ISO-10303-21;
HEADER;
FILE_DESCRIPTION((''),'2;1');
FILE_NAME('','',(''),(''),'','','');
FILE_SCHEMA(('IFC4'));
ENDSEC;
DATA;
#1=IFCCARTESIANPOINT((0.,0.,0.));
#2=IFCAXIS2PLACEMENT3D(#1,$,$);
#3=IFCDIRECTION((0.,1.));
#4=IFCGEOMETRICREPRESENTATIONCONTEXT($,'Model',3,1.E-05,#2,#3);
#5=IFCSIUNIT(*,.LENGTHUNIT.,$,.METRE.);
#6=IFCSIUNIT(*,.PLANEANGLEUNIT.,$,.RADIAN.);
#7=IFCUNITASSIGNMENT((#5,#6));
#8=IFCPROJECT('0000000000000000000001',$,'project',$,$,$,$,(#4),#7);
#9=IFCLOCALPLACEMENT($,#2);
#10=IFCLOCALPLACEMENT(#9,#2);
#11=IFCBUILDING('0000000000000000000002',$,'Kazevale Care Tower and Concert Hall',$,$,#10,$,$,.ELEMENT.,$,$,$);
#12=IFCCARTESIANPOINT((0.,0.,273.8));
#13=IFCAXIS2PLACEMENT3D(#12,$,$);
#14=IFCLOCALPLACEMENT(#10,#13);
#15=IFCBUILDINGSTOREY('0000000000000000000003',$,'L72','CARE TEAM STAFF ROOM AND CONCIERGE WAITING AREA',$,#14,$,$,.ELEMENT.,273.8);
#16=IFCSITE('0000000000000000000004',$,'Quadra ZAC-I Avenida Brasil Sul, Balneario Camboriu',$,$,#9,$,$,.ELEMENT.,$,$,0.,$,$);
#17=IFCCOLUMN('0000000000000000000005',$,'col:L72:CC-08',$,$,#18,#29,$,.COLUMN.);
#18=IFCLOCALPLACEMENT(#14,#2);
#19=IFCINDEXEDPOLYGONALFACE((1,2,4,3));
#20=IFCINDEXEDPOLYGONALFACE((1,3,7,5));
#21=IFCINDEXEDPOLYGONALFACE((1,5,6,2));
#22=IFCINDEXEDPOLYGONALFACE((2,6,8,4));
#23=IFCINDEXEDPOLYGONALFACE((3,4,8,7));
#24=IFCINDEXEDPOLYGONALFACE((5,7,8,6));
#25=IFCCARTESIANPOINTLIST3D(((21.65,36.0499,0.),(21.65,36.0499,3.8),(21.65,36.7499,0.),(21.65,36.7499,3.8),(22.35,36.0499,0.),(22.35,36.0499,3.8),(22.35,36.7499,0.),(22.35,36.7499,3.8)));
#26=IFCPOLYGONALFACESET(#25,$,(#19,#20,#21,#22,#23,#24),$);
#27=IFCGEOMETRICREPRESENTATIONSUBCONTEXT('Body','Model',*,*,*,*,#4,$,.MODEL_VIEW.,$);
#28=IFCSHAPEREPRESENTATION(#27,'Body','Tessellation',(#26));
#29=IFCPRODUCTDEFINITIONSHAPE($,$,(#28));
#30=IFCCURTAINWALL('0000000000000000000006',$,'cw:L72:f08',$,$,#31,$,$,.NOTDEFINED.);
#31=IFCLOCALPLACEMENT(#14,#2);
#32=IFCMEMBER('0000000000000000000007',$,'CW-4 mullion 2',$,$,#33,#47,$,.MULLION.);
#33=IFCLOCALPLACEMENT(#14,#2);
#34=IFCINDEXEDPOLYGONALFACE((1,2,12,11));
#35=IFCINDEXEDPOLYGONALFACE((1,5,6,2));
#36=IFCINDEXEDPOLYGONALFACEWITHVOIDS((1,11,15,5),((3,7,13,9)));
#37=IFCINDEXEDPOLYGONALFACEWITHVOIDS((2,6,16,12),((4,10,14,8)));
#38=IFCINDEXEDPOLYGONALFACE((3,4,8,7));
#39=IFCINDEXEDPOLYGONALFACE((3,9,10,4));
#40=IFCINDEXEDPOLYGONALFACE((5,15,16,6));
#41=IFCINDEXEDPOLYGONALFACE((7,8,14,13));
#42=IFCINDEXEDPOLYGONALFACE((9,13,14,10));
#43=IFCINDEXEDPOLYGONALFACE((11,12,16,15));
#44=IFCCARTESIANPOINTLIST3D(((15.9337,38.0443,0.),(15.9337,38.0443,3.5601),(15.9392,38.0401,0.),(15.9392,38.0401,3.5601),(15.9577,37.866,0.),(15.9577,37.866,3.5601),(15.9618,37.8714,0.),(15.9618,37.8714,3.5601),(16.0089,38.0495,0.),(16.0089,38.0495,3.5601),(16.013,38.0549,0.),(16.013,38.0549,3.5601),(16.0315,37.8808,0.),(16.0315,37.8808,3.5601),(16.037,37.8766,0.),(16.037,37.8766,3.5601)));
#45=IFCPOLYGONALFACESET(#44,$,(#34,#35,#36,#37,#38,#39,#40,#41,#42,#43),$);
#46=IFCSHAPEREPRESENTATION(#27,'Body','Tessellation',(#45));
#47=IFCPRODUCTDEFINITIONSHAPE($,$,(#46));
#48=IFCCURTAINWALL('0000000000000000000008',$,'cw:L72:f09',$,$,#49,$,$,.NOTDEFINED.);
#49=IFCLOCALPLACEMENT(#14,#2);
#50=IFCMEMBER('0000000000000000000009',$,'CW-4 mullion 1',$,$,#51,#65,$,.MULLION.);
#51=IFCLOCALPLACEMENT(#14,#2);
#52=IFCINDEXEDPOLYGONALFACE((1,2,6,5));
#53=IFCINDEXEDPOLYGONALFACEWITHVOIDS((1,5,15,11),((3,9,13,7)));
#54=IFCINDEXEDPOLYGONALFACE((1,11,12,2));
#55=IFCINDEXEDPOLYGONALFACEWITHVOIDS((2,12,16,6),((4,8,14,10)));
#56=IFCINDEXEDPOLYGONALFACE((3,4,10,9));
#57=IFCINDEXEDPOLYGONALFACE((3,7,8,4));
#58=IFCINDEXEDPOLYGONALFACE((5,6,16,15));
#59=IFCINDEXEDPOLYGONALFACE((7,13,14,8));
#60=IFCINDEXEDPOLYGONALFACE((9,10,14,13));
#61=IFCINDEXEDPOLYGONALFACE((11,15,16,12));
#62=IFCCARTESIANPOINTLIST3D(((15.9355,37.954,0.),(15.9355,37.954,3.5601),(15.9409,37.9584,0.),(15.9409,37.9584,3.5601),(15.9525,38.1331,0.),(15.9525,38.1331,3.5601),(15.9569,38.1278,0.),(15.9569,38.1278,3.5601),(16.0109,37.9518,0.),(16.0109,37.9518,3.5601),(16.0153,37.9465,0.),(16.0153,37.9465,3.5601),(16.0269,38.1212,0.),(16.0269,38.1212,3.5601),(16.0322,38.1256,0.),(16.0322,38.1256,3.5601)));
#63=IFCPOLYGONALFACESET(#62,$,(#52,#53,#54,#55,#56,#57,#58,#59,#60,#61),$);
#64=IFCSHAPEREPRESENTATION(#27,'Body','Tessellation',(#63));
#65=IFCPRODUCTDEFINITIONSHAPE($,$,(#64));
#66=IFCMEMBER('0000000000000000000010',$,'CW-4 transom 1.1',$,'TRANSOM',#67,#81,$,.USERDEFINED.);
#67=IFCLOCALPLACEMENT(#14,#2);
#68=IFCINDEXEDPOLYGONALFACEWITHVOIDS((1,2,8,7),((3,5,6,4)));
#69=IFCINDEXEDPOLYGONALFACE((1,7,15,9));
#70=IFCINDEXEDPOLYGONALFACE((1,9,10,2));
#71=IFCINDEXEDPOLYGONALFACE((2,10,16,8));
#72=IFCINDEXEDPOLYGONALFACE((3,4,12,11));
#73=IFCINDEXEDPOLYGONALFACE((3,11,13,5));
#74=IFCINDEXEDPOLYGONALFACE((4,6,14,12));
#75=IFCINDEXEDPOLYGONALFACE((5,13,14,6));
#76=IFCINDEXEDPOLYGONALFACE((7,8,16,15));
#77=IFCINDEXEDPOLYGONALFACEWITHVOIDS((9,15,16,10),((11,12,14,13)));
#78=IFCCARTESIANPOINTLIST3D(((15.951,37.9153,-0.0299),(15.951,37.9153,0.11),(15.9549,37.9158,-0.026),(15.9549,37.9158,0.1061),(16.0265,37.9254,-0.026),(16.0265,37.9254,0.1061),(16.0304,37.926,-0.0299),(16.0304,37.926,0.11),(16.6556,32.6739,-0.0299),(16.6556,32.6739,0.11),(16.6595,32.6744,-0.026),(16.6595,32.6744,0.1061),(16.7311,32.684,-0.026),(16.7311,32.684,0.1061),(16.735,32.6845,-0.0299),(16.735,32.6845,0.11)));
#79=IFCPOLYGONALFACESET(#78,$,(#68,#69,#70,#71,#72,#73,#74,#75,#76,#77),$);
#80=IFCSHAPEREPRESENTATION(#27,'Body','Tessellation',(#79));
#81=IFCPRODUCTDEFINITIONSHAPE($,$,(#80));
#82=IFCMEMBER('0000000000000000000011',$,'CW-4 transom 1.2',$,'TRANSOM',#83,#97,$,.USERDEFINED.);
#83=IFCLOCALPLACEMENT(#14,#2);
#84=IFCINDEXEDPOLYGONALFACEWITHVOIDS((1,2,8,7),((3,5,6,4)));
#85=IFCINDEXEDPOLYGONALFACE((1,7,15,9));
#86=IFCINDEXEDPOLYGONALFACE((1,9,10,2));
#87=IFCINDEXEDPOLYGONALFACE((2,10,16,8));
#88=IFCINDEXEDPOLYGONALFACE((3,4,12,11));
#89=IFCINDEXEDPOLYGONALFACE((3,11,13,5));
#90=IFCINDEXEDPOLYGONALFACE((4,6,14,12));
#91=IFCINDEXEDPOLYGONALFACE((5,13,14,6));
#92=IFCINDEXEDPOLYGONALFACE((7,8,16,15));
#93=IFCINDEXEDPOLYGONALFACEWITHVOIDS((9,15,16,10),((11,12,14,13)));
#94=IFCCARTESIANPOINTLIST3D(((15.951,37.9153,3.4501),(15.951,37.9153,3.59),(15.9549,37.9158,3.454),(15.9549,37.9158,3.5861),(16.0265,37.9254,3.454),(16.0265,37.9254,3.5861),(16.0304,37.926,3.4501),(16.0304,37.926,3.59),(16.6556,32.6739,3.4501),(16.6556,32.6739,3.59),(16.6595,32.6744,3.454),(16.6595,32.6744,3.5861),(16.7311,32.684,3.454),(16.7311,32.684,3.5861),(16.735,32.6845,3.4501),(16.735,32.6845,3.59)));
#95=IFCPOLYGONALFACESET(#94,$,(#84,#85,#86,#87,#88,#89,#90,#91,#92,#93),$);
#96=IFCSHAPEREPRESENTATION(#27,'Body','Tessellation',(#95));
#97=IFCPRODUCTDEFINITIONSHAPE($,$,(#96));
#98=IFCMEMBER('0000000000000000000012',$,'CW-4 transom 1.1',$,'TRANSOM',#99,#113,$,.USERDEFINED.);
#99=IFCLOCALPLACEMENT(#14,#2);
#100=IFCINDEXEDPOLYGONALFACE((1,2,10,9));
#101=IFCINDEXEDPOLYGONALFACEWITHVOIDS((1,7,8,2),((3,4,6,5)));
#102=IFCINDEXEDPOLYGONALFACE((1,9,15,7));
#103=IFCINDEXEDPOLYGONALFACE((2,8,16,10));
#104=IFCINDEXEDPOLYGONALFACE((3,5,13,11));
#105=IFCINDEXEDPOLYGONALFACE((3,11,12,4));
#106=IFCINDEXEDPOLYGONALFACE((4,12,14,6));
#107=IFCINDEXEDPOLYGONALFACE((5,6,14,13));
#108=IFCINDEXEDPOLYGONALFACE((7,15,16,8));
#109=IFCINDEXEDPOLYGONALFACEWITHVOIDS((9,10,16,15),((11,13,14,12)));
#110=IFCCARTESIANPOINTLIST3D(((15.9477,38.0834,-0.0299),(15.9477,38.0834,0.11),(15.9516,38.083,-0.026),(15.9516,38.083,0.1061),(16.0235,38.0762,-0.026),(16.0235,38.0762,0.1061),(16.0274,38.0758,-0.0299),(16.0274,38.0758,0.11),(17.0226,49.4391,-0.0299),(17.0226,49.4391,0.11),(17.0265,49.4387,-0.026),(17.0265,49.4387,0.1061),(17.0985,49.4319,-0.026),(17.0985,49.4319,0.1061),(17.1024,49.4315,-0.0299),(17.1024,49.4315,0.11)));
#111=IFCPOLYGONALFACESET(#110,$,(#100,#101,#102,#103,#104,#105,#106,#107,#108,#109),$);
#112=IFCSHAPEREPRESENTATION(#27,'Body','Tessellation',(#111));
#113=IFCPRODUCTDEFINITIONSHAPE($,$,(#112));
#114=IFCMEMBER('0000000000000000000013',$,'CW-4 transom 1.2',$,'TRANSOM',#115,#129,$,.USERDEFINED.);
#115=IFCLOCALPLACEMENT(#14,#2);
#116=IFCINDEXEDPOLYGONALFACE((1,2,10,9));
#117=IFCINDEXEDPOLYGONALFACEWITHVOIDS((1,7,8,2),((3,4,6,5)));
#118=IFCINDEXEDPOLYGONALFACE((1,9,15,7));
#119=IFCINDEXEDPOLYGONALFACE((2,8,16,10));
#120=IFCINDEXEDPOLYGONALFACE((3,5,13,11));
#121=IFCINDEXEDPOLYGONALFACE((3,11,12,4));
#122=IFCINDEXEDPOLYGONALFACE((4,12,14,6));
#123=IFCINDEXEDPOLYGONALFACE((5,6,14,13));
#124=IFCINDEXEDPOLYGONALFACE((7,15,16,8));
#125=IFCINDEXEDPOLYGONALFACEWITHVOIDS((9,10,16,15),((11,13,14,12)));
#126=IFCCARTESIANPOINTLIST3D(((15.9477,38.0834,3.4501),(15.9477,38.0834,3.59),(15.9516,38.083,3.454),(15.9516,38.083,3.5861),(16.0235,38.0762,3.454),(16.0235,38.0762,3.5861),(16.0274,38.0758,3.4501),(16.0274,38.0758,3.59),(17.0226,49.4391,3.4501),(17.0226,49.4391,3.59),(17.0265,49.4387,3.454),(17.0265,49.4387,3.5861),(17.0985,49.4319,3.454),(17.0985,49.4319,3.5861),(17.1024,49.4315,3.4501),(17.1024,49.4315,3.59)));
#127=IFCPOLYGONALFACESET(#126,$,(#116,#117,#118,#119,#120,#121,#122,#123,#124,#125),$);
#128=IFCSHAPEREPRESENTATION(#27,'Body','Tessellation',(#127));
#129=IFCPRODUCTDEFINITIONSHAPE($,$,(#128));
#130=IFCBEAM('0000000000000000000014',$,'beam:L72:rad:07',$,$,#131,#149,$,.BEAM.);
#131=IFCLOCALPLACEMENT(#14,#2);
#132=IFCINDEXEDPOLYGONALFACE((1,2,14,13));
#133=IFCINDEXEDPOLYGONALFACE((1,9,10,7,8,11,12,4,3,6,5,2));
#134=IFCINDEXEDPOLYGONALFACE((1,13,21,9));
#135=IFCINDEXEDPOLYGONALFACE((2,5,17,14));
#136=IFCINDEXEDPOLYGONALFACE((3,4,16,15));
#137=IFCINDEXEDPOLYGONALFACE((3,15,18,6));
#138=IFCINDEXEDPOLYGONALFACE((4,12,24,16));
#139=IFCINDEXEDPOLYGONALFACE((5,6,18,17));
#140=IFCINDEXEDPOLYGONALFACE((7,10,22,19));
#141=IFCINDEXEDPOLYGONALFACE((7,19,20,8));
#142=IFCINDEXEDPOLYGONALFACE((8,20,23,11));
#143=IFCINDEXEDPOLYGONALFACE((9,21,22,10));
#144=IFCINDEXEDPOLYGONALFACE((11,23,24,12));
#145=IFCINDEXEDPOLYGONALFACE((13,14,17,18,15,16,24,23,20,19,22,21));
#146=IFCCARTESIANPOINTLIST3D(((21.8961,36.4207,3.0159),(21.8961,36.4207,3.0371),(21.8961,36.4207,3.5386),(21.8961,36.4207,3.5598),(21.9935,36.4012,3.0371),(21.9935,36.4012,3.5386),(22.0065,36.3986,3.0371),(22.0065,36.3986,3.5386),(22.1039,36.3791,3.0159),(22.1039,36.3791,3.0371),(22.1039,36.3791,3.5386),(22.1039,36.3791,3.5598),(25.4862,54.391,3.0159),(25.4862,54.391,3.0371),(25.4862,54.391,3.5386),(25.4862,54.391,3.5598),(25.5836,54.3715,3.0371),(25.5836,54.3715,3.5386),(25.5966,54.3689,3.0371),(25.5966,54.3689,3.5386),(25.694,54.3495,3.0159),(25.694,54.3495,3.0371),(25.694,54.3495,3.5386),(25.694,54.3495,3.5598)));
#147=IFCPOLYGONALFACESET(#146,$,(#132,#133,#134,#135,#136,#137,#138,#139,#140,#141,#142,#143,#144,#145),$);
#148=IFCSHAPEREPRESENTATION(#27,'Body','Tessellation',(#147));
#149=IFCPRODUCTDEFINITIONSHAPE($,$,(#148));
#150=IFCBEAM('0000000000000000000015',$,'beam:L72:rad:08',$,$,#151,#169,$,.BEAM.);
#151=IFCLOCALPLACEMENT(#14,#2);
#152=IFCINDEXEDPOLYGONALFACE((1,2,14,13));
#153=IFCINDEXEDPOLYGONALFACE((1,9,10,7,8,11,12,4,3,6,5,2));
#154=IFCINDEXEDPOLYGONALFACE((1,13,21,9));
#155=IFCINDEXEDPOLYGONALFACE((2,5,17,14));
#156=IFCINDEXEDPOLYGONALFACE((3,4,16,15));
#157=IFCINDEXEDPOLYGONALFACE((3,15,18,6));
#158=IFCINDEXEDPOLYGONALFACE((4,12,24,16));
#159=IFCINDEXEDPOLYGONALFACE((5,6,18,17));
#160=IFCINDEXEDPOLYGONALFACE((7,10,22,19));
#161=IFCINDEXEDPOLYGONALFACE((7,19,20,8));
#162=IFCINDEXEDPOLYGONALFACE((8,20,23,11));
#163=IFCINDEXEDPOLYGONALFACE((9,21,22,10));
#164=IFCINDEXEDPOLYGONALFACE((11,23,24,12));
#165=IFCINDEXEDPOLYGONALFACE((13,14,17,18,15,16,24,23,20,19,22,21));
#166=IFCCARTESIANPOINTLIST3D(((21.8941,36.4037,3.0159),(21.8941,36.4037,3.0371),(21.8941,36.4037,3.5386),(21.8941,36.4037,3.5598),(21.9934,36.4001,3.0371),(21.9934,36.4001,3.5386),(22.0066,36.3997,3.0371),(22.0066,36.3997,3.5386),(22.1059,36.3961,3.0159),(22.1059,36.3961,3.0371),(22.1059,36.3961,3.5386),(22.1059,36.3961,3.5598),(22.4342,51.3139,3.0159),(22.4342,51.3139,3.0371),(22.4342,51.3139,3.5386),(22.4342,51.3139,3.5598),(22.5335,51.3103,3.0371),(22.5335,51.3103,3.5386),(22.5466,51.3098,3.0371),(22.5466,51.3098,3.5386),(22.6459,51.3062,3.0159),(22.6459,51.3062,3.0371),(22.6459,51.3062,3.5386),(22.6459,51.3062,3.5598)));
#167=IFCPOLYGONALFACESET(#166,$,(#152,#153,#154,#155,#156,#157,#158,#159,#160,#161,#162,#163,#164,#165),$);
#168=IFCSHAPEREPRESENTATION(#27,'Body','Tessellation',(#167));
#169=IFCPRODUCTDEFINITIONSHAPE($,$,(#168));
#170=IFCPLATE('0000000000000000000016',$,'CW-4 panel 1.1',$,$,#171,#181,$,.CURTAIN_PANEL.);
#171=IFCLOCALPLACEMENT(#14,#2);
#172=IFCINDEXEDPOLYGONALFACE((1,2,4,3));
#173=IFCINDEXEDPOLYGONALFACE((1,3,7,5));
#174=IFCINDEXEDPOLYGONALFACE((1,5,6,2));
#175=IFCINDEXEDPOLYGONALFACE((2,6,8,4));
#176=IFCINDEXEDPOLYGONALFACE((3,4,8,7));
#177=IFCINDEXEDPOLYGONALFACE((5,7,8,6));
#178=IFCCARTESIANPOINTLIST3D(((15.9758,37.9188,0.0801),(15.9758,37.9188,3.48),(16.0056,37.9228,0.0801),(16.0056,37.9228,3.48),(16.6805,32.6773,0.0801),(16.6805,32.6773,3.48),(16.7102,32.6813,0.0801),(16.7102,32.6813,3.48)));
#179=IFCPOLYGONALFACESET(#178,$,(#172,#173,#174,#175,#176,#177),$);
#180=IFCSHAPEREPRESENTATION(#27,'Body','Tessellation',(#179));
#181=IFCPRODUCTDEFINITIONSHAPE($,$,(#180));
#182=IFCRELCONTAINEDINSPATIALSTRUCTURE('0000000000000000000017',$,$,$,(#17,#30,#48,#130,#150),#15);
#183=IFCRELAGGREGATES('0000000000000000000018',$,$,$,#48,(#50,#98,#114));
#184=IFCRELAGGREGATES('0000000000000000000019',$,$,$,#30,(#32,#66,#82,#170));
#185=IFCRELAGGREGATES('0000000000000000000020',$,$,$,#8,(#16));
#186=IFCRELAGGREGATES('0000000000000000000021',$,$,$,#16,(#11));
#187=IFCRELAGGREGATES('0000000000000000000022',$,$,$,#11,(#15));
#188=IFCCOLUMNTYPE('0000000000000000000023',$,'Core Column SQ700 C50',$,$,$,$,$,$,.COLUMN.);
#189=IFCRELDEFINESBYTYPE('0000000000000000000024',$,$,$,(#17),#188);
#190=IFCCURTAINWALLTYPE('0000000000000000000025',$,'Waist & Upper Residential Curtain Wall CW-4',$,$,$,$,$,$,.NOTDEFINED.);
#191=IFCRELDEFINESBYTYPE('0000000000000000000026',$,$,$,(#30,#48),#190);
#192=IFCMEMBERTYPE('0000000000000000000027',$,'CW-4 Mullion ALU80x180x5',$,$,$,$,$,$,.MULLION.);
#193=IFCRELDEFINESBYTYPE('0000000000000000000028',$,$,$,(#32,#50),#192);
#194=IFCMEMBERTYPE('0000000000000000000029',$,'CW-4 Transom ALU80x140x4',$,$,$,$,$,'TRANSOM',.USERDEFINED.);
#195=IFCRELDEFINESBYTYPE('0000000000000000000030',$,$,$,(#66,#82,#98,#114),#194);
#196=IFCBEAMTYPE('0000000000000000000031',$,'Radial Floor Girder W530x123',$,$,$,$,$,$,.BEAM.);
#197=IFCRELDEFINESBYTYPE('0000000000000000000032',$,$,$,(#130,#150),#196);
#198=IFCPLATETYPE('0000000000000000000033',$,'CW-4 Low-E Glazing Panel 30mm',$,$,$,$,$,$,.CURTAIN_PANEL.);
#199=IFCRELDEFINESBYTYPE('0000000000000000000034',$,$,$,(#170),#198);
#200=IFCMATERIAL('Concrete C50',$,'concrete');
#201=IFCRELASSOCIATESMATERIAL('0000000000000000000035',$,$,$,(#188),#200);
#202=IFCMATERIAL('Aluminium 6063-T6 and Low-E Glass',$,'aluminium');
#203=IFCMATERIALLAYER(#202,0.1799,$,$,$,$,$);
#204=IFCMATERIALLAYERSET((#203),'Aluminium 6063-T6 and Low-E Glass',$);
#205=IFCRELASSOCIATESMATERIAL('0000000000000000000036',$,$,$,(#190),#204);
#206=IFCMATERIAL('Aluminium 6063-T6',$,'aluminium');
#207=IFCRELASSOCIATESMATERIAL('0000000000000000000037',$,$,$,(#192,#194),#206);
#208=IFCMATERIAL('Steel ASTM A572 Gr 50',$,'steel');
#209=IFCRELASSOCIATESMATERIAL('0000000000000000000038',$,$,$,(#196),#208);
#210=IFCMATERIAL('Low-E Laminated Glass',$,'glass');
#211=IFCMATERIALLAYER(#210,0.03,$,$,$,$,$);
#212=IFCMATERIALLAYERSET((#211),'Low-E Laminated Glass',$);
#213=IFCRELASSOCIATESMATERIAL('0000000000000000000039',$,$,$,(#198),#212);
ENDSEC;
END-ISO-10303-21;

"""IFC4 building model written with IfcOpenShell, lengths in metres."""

from ifc_helpers import new_model, si_unit, direction, frame, origin, origin_2d, place, context, subcontext, project, spatial, rectangle, hollow_rectangle, i_section, extrude, material, layer, layer_set, material_profile, profile_set, type_object, element, aggregate, save


model = new_model("IFC4")

# Units and contexts
model_context = context("Model", 3, precision=1e-05, world=origin(), true_north=direction((0.0, 1.0)))
body_context = subcontext(model_context, "Body", "Model", "MODEL_VIEW")
ifc_project = project(units=[si_unit("LENGTHUNIT", "METRE"), si_unit("PLANEANGLEUNIT", "RADIAN")], contexts=[model_context])

# Site, building, storey
site_placement = place(None, origin())
site = spatial("IfcSite", under=ifc_project, at=site_placement, Name="Quadra ZAC-I Avenida Brasil Sul, Balneario Camboriu", CompositionType="ELEMENT", RefElevation=0.0)
building_placement = place(site_placement, origin())
building = spatial("IfcBuilding", under=site, at=building_placement, Name="Kazevale Care Tower and Concert Hall", CompositionType="ELEMENT")
storey_placement = place(building_placement, frame((0.0, 0.0, 273.8)))
storey = spatial("IfcBuildingStorey", under=building, at=storey_placement, Name="L72", Description="CARE TEAM STAFF ROOM AND CONCIERGE WAITING AREA", CompositionType="ELEMENT", Elevation=273.8)

# Column
ifc_material_1 = material(Name="Concrete C50", Category="concrete")
ifc_material_profile_1 = material_profile(ifc_material_1, rectangle(XDim=0.7, YDim=0.7, at=origin_2d()), Name="RC-SQ700")
ifc_profile_set_1 = profile_set([ifc_material_profile_1], Name="Concrete C50")
column_type = type_object("IfcColumnType", Name="Core Column SQ700 C50", PredefinedType="COLUMN", material=ifc_profile_set_1)
column_placement = place(storey_placement, frame((22.0, 36.3999, 0.0), z_axis=(0.0, 0.0, 1.0), x_axis=(1.0, 0.0, 0.0)))
element("IfcColumn", 1, at=column_placement, inside=storey, type_object=column_type, Name="col:L72:CC-08", PredefinedType="COLUMN", context=body_context, shape_type="SweptSolid", body=[
    extrude(rectangle(XDim=0.7, YDim=0.7, at=origin_2d()), origin(), (0.0, 0.0, 1.0), 3.8),
])

# Curtain walls, members
ifc_material_2 = material(Name="Aluminium 6063-T6 and Low-E Glass", Category="aluminium")
ifc_layer_1 = layer(ifc_material_2, 0.1799)
ifc_layer_set_1 = layer_set([ifc_layer_1], Name="Aluminium 6063-T6 and Low-E Glass")
curtain_wall_type = type_object("IfcCurtainWallType", Name="Waist & Upper Residential Curtain Wall CW-4", PredefinedType="NOTDEFINED", material=ifc_layer_set_1)
curtain_wall_1_placement = place(storey_placement, origin())
curtain_wall_1 = element("IfcCurtainWall", 2, at=curtain_wall_1_placement, inside=storey, type_object=curtain_wall_type, Name="cw:L72:f08", PredefinedType="NOTDEFINED")
ifc_material_3 = material(Name="Aluminium 6063-T6", Category="aluminium")
ifc_material_profile_2 = material_profile(ifc_material_3, hollow_rectangle(XDim=0.0801, YDim=0.1799, WallThickness=0.0049, at=origin_2d()), Name="ALU80x180x5")
ifc_profile_set_2 = profile_set([ifc_material_profile_2], Name="Aluminium 6063-T6")
member_type_1 = type_object("IfcMemberType", Name="CW-4 Mullion ALU80x180x5", PredefinedType="MULLION", material=ifc_profile_set_2)
member_1_placement = place(storey_placement, frame((15.9854, 37.9604, 0.0), z_axis=(0.0, 0.0, 1.0), x_axis=(-0.991083, -0.133246, 0.0)))
member_1 = element("IfcMember", 3, at=member_1_placement, type_object=member_type_1, Name="CW-4 mullion 2", PredefinedType="MULLION", context=body_context, shape_type="SweptSolid", body=[
    extrude(hollow_rectangle(XDim=0.0801, YDim=0.1799, WallThickness=0.0049, at=origin_2d()), origin(), (0.0, 0.0, 1.0), 3.5601),
])
curtain_wall_2_placement = place(storey_placement, origin())
curtain_wall_2 = element("IfcCurtainWall", 4, at=curtain_wall_2_placement, inside=storey, type_object=curtain_wall_type, Name="cw:L72:f09", PredefinedType="NOTDEFINED")
member_2_placement = place(storey_placement, frame((15.9839, 38.0398, 0.0), z_axis=(0.0, 0.0, 1.0), x_axis=(-0.99555, 0.094238, 0.0)))
member_2 = element("IfcMember", 5, at=member_2_placement, type_object=member_type_1, Name="CW-4 mullion 1", PredefinedType="MULLION", context=body_context, shape_type="SweptSolid", body=[
    extrude(hollow_rectangle(XDim=0.0801, YDim=0.1799, WallThickness=0.0049, at=origin_2d()), origin(), (0.0, 0.0, 1.0), 3.5601),
])

# Members
ifc_material_profile_3 = material_profile(ifc_material_3, hollow_rectangle(XDim=0.0801, YDim=0.1399, WallThickness=0.0039, at=origin_2d()), Name="ALU80x140x4")
ifc_profile_set_3 = profile_set([ifc_material_profile_3], Name="Aluminium 6063-T6")
member_type_2 = type_object("IfcMemberType", Name="CW-4 Transom ALU80x140x4", ElementType="TRANSOM", PredefinedType="USERDEFINED", material=ifc_profile_set_3)
member_3_placement = place(storey_placement, frame((16.6953, 32.6792, 0.04), z_axis=(-0.133228, 0.991085, 0.0), x_axis=(-0.991085, -0.133228, 0.0)))
member_3 = element("IfcMember", 6, at=member_3_placement, type_object=member_type_2, Name="CW-4 transom 1.1", ObjectType="TRANSOM", PredefinedType="USERDEFINED", context=body_context, shape_type="SweptSolid", body=[
    extrude(hollow_rectangle(XDim=0.0801, YDim=0.1399, WallThickness=0.0039, at=origin_2d()), origin(), (0.0, 0.0, 1.0), 5.2886),
])
member_4_placement = place(storey_placement, frame((16.6953, 32.6792, 3.52), z_axis=(-0.133228, 0.991085, 0.0), x_axis=(-0.991085, -0.133228, 0.0)))
member_4 = element("IfcMember", 7, at=member_4_placement, type_object=member_type_2, Name="CW-4 transom 1.2", ObjectType="TRANSOM", PredefinedType="USERDEFINED", context=body_context, shape_type="SweptSolid", body=[
    extrude(hollow_rectangle(XDim=0.0801, YDim=0.1399, WallThickness=0.0039, at=origin_2d()), origin(), (0.0, 0.0, 1.0), 5.2886),
])
member_5_placement = place(storey_placement, frame((15.9875, 38.0796, 0.04), z_axis=(0.09424, 0.995549, 0.0), x_axis=(-0.995549, 0.09424, 0.0)))
member_5 = element("IfcMember", 8, at=member_5_placement, type_object=member_type_2, Name="CW-4 transom 1.1", ObjectType="TRANSOM", PredefinedType="USERDEFINED", context=body_context, shape_type="SweptSolid", body=[
    extrude(hollow_rectangle(XDim=0.0801, YDim=0.1399, WallThickness=0.0039, at=origin_2d()), origin(), (0.0, 0.0, 1.0), 11.4065),
])
member_6_placement = place(storey_placement, frame((15.9875, 38.0796, 3.52), z_axis=(0.09424, 0.995549, 0.0), x_axis=(-0.995549, 0.09424, 0.0)))
member_6 = element("IfcMember", 9, at=member_6_placement, type_object=member_type_2, Name="CW-4 transom 1.2", ObjectType="TRANSOM", PredefinedType="USERDEFINED", context=body_context, shape_type="SweptSolid", body=[
    extrude(hollow_rectangle(XDim=0.0801, YDim=0.1399, WallThickness=0.0039, at=origin_2d()), origin(), (0.0, 0.0, 1.0), 11.4065),
])
aggregate(curtain_wall_2, [member_2, member_5, member_6])

# Beams
ifc_material_4 = material(Name="Steel ASTM A572 Gr 50", Category="steel")
ifc_material_profile_4 = material_profile(ifc_material_4, i_section(OverallWidth=0.2119, OverallDepth=0.5439, WebThickness=0.0132, FlangeThickness=0.0212, at=origin_2d()), Name="W530x123")
ifc_profile_set_4 = profile_set([ifc_material_profile_4], Name="Steel ASTM A572 Gr 50")
beam_type = type_object("IfcBeamType", Name="Radial Floor Girder W530x123", PredefinedType="BEAM", material=ifc_profile_set_4)
beam_1_placement = place(storey_placement, frame((22.0, 36.3999, 3.2878), z_axis=(0.195909, 0.980622, 0.0), x_axis=(-0.980622, 0.195909, 0.0)))
element("IfcBeam", 10, at=beam_1_placement, inside=storey, type_object=beam_type, Name="beam:L72:rad:07", PredefinedType="BEAM", context=body_context, shape_type="SweptSolid", body=[
    extrude(i_section(OverallWidth=0.2119, OverallDepth=0.5439, WebThickness=0.0132, FlangeThickness=0.0212, at=origin_2d()), origin(), (0.0, 0.0, 1.0), 18.3254),
])
beam_2_placement = place(storey_placement, frame((22.0, 36.3999, 3.2878), z_axis=(0.036196, 0.999345, 0.0), x_axis=(-0.999345, 0.036196, 0.0)))
element("IfcBeam", 11, at=beam_2_placement, inside=storey, type_object=beam_type, Name="beam:L72:rad:08", PredefinedType="BEAM", context=body_context, shape_type="SweptSolid", body=[
    extrude(i_section(OverallWidth=0.2119, OverallDepth=0.5439, WebThickness=0.0132, FlangeThickness=0.0212, at=origin_2d()), origin(), (0.0, 0.0, 1.0), 14.9199),
])

# Plate
ifc_material_5 = material(Name="Low-E Laminated Glass", Category="glass")
ifc_layer_2 = layer(ifc_material_5, 0.03)
ifc_layer_set_2 = layer_set([ifc_layer_2], Name="Low-E Laminated Glass")
plate_type = type_object("IfcPlateType", Name="CW-4 Low-E Glazing Panel 30mm", PredefinedType="CURTAIN_PANEL", material=ifc_layer_set_2)
plate_placement = place(storey_placement, frame((16.343, 35.3, 0.0801), z_axis=(0.0, 0.0, 1.0), x_axis=(-0.133246, 0.991083, 0.0)))
plate = element("IfcPlate", 12, at=plate_placement, type_object=plate_type, Name="CW-4 panel 1.1", PredefinedType="CURTAIN_PANEL", context=body_context, shape_type="SweptSolid", body=[
    extrude(rectangle(XDim=5.2886, YDim=0.03, at=origin_2d()), origin(), (0.0, 0.0, 1.0), 3.3999),
])
aggregate(curtain_wall_1, [member_1, member_3, member_4, plate])

save(model, "model.ifc")
